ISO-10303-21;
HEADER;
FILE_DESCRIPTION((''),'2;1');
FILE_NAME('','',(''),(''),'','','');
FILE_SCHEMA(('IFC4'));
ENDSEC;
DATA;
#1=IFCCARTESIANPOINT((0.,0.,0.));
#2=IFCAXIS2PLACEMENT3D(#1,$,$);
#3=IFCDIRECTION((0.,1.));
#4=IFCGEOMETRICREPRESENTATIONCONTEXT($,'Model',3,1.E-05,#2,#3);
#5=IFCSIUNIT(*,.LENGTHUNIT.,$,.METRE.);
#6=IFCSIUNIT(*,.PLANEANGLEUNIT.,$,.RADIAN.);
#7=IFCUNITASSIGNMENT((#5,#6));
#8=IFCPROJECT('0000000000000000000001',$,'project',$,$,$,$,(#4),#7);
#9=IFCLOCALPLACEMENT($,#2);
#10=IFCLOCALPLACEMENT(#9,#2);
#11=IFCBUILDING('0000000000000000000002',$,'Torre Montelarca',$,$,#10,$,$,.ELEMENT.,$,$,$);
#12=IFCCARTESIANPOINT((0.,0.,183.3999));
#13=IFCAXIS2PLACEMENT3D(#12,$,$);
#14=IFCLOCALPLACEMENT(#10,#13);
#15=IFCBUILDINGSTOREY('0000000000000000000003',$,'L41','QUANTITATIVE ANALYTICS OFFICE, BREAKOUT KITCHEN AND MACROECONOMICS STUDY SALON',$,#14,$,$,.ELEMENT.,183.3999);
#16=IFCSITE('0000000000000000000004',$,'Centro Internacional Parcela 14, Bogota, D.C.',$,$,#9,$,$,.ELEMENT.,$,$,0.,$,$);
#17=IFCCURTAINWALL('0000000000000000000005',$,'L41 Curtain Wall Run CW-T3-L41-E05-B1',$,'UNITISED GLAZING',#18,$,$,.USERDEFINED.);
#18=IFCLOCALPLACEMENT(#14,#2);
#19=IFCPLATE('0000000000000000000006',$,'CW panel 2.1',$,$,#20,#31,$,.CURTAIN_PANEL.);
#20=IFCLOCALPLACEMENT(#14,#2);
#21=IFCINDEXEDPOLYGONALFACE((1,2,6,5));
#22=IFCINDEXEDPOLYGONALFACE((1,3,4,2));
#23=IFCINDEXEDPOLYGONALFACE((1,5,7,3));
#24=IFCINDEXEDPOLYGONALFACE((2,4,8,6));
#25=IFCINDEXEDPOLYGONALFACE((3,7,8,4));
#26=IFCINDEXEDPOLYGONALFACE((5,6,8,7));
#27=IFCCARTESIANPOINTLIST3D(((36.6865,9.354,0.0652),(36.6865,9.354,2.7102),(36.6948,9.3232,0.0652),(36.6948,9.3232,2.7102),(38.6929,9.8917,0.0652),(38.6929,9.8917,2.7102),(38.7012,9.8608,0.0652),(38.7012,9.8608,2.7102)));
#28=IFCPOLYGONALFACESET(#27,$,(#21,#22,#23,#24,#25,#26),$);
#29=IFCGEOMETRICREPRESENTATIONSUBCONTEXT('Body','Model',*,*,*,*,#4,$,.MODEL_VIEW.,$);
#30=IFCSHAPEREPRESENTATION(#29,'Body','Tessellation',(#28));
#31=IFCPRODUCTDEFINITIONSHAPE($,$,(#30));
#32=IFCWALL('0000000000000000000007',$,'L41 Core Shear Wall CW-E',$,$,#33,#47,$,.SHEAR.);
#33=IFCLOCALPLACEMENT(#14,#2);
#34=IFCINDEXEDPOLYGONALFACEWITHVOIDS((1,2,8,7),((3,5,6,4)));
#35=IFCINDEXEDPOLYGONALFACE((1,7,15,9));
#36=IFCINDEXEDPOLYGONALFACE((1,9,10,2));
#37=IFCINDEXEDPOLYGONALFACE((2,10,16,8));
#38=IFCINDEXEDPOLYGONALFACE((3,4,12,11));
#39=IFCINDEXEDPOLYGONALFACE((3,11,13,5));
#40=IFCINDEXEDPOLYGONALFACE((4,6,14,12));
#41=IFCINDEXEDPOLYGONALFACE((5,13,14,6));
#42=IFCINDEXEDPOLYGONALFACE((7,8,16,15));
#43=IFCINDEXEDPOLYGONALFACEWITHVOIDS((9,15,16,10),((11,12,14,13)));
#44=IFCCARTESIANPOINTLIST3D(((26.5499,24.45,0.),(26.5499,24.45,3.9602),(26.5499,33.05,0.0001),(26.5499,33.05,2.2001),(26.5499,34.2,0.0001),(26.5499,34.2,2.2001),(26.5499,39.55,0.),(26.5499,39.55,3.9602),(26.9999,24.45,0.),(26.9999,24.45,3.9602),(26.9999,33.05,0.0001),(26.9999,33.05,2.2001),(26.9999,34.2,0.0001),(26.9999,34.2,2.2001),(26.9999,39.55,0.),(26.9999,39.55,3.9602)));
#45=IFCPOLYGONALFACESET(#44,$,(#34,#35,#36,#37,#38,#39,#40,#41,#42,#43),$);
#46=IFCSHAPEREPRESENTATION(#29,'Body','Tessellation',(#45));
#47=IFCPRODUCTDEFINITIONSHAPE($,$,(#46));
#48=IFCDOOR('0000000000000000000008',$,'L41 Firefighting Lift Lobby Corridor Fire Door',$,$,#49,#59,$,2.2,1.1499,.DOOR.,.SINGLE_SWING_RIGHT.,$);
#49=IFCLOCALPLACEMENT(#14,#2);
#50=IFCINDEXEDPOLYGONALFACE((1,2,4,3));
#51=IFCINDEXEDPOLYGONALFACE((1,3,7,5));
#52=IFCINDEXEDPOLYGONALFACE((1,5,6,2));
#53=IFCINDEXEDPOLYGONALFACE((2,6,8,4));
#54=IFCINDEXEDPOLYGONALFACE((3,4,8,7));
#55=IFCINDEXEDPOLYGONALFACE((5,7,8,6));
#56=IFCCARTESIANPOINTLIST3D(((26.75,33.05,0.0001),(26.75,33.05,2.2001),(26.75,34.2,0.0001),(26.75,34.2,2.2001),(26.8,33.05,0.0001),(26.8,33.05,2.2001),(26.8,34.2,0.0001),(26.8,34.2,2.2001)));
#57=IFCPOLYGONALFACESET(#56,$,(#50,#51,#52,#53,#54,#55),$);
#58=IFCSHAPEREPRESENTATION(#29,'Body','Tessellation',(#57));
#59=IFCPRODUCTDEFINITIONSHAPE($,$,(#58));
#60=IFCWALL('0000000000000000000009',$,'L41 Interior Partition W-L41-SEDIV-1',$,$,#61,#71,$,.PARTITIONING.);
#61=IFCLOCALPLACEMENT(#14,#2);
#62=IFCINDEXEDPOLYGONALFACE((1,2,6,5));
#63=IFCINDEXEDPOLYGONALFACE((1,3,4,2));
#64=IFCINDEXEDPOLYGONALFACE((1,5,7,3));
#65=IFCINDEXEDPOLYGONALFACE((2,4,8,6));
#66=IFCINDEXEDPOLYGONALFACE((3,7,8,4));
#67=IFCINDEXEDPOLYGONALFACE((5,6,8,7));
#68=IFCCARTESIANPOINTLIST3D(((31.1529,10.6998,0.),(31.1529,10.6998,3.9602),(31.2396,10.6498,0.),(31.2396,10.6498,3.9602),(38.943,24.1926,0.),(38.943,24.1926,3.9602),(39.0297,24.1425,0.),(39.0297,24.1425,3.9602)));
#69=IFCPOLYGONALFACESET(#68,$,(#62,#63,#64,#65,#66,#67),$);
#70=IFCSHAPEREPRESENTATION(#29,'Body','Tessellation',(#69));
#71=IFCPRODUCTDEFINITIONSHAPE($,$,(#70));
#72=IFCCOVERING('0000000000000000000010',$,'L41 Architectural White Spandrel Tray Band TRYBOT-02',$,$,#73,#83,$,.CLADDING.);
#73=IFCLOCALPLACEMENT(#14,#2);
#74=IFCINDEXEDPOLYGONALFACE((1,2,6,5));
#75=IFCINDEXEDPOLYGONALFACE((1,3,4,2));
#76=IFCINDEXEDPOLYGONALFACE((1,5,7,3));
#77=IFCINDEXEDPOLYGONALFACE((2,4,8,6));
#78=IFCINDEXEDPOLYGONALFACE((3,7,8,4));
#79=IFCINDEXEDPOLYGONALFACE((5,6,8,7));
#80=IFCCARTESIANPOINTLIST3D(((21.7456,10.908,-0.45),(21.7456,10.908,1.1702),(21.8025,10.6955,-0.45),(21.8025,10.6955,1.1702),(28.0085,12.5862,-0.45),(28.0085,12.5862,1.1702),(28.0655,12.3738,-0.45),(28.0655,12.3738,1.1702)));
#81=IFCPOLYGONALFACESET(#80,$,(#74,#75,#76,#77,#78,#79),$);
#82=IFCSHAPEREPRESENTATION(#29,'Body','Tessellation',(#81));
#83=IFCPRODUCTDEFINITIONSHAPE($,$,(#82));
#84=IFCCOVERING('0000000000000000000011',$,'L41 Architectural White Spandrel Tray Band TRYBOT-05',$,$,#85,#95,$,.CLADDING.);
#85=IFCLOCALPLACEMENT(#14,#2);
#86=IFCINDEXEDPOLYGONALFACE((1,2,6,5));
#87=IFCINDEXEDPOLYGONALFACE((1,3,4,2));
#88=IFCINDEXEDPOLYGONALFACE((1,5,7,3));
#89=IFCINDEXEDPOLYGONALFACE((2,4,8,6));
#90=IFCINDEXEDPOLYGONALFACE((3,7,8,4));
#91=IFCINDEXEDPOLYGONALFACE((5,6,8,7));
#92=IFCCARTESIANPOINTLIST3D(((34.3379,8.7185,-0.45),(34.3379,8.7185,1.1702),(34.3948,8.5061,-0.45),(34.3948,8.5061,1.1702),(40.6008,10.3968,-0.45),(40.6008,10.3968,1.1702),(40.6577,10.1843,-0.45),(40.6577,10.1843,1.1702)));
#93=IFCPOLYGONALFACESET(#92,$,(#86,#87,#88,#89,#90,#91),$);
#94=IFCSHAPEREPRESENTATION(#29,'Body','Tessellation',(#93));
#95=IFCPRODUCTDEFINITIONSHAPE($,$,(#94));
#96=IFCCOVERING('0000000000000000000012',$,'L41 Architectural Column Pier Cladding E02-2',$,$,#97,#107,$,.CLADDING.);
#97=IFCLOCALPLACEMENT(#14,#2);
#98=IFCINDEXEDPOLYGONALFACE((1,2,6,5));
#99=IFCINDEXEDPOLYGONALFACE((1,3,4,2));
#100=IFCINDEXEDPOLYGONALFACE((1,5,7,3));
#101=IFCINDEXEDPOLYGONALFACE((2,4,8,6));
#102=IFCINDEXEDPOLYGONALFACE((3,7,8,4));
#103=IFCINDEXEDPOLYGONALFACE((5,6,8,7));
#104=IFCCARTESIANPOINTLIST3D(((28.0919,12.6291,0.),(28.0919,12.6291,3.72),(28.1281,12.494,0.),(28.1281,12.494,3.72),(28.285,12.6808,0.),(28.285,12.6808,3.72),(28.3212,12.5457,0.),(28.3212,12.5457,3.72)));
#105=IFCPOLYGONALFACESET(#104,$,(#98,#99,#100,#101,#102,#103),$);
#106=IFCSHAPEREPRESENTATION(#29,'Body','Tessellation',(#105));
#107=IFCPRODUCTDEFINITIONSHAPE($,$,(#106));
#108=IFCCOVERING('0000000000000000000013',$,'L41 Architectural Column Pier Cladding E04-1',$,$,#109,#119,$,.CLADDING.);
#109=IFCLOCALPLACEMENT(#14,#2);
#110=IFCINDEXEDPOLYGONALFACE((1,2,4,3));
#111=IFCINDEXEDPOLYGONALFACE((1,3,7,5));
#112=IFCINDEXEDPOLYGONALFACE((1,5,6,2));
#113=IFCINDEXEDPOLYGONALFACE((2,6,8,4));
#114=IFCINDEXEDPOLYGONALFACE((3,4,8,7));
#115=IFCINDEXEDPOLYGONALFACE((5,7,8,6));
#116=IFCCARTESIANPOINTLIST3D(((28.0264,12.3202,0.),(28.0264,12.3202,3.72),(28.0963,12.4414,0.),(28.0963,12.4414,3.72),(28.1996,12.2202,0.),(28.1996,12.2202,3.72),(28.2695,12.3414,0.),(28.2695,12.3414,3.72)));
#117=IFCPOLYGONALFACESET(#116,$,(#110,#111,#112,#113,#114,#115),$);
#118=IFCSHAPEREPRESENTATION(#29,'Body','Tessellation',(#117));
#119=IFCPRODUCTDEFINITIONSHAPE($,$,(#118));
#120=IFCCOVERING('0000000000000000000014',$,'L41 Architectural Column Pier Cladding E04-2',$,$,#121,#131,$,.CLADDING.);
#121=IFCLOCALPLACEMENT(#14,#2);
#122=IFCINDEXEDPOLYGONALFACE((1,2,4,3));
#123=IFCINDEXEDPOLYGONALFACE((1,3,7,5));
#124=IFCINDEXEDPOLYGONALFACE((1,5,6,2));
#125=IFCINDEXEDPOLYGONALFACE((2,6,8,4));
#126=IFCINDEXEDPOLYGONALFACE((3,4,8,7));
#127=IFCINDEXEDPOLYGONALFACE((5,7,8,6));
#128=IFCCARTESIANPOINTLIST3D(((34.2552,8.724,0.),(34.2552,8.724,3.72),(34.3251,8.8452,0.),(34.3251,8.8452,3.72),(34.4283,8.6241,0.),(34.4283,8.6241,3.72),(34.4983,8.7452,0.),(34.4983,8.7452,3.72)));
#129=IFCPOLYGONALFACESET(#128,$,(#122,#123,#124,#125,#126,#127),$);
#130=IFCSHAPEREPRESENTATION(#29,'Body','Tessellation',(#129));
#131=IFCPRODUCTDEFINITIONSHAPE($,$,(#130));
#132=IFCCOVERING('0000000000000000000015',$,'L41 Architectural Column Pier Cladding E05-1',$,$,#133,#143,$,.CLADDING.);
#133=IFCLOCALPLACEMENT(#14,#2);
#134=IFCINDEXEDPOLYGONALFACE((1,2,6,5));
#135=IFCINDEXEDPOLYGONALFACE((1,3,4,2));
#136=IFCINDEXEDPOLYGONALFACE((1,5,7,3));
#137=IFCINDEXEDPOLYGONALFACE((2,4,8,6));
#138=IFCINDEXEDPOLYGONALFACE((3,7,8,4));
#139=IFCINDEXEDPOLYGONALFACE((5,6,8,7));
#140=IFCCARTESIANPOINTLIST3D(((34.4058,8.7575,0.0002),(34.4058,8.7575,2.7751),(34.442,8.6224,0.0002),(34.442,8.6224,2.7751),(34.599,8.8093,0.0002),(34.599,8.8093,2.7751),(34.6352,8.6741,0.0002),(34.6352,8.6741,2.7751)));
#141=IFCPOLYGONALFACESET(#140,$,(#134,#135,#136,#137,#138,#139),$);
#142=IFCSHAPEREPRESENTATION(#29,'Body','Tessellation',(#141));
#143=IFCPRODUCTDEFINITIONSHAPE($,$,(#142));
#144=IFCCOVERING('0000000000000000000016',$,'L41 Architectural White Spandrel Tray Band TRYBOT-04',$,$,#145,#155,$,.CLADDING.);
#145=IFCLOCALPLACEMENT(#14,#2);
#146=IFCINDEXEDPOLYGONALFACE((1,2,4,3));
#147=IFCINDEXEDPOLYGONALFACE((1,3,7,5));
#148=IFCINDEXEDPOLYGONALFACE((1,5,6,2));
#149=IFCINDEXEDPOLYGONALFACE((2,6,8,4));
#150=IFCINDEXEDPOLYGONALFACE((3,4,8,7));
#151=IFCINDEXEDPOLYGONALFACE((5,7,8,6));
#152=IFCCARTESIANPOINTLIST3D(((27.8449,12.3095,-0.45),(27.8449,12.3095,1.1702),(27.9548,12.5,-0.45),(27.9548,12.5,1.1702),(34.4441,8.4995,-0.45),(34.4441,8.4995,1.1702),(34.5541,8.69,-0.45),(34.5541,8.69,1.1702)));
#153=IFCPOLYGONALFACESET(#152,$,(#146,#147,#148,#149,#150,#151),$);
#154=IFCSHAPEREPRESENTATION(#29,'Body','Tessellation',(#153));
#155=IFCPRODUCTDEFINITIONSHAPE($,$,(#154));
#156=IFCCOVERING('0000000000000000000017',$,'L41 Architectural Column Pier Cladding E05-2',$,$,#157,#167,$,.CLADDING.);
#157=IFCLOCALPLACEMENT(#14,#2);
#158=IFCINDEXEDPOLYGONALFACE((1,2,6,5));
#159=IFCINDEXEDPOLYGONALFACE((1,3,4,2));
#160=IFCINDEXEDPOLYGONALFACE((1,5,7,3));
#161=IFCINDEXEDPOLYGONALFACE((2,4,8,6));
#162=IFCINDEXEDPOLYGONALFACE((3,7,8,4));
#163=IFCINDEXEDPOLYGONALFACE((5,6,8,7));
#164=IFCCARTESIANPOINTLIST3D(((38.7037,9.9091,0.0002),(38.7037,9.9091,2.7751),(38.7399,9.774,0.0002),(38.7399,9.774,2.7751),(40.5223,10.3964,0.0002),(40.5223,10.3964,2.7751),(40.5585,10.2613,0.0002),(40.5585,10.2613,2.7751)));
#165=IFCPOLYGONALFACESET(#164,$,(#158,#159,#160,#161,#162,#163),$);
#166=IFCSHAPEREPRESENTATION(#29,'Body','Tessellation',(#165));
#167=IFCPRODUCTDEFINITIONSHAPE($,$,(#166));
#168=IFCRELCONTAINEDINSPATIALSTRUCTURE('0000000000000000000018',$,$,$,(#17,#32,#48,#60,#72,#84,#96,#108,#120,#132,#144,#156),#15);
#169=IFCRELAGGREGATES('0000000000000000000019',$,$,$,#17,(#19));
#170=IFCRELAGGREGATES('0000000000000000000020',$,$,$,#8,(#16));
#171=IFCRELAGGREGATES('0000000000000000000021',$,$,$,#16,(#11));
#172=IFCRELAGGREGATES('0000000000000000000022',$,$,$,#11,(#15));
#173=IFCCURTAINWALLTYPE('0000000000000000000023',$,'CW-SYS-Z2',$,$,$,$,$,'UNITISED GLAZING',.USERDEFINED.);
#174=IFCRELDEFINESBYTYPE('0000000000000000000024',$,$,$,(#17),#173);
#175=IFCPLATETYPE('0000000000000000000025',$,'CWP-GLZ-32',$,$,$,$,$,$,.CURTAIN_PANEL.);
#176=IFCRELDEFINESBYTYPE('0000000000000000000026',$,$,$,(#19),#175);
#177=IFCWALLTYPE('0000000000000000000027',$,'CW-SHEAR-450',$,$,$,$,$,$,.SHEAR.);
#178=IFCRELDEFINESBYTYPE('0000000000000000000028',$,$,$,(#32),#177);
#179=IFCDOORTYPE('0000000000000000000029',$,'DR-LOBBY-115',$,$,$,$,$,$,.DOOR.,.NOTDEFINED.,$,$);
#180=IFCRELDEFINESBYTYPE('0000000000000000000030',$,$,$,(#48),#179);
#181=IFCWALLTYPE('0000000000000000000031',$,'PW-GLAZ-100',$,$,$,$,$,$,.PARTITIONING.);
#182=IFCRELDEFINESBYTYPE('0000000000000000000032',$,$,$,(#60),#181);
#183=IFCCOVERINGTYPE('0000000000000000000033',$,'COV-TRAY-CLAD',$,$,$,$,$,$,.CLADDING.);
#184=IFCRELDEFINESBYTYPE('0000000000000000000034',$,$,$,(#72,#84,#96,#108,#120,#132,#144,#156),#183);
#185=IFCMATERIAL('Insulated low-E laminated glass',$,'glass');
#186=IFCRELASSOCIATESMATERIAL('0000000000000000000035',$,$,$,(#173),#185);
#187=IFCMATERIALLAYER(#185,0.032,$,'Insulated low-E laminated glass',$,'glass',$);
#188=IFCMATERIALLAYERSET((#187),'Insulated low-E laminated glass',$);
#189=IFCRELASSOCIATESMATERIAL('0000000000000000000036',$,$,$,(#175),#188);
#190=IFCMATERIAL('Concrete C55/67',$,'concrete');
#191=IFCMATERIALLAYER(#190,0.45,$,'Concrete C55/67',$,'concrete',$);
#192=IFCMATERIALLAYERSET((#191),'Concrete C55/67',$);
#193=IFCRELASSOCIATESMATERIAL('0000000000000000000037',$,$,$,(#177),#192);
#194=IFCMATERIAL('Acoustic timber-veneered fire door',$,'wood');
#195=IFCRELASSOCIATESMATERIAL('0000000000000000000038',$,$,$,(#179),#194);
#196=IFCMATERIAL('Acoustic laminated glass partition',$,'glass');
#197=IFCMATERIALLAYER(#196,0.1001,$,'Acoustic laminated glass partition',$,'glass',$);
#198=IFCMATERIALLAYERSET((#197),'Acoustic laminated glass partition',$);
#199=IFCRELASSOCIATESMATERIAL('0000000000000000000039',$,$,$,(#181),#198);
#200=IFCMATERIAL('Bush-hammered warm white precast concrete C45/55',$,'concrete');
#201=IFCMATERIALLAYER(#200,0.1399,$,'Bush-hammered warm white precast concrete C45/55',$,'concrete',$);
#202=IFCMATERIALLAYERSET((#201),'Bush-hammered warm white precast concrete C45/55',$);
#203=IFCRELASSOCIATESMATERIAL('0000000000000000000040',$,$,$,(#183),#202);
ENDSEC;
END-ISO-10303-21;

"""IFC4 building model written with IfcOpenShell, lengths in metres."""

from ifc_helpers import new_model, si_unit, direction, frame, frame_2d, origin, origin_2d, place, context, subcontext, project, spatial, rectangle, extrude, source, transform, mapped, material, layer, layer_set, type_object, element, fill, aggregate, save


model = new_model("IFC4")

# Units and contexts
model_context = context("Model", 3, precision=1e-05, world=origin(), true_north=direction((0.0, 1.0)))
body_context = subcontext(model_context, "Body", "Model", "MODEL_VIEW")
ifc_project = project(units=[si_unit("LENGTHUNIT", "METRE"), si_unit("PLANEANGLEUNIT", "RADIAN")], contexts=[model_context])

# Site, building, storey
site_placement = place(None, origin())
site = spatial("IfcSite", under=ifc_project, at=site_placement, Name="Centro Internacional Parcela 14, Bogota, D.C.", CompositionType="ELEMENT", RefElevation=0.0)
building_placement = place(site_placement, origin())
building = spatial("IfcBuilding", under=site, at=building_placement, Name="Torre Montelarca", CompositionType="ELEMENT")
storey_placement = place(building_placement, frame((0.0, 0.0, 183.3999)))
storey = spatial("IfcBuildingStorey", under=building, at=storey_placement, Name="L41", Description="QUANTITATIVE ANALYTICS OFFICE, BREAKOUT KITCHEN AND MACROECONOMICS STUDY SALON", CompositionType="ELEMENT", Elevation=183.3999)

# Shared definitions
ifc_material_1 = material(Name="Concrete C55/67", Category="concrete")

# Curtain wall
ifc_material_2 = material(Name="Insulated low-E laminated glass", Category="glass")
curtain_wall_type = type_object("IfcCurtainWallType", Name="CW-SYS-Z2", ElementType="UNITISED GLAZING", PredefinedType="USERDEFINED", material=ifc_material_2)
curtain_wall_1_placement = place(storey_placement, origin())
curtain_wall_1 = element("IfcCurtainWall", 1, at=curtain_wall_1_placement, inside=storey, type_object=curtain_wall_type, Name="L41 Curtain Wall Run CW-T3-L41-E05-B1", ObjectType="UNITISED GLAZING", PredefinedType="USERDEFINED")

# Plate
ifc_layer_1 = layer(ifc_material_2, 0.032, Name="Insulated low-E laminated glass", Category="glass")
ifc_layer_set_1 = layer_set([ifc_layer_1], Name="Insulated low-E laminated glass")
plate_type = type_object("IfcPlateType", Name="CWP-GLZ-32", PredefinedType="CURTAIN_PANEL", material=ifc_layer_set_1)
shared_shape_1 = source(origin(), body_context, "Body", "SweptSolid", [
    extrude(rectangle(XDim=2.0771, YDim=0.032, at=origin_2d()), origin(), (0.0, 0.0, 1.0), 2.645),
])
plate_1_placement = place(storey_placement, frame((37.6938, 9.6074, 0.0652), z_axis=(0.0, 0.0, 1.0), x_axis=(0.965921, 0.258839, 0.0)))
plate_1 = element("IfcPlate", 2, at=plate_1_placement, type_object=plate_type, Name="CW panel 2.1", PredefinedType="CURTAIN_PANEL", context=body_context, shape_type="MappedRepresentation", body=[
    mapped(shared_shape_1, transform((0.0, 0.0, 0.0), scale=1.0)),
])
aggregate(curtain_wall_1, [plate_1])

# Wall, opening, door
ifc_layer_2 = layer(ifc_material_1, 0.45, Name="Concrete C55/67", Category="concrete")
ifc_layer_set_2 = layer_set([ifc_layer_2], Name="Concrete C55/67")
wall_type_1 = type_object("IfcWallType", Name="CW-SHEAR-450", PredefinedType="SHEAR", material=ifc_layer_set_2)
wall_1_placement = place(storey_placement, frame((26.7749, 24.45, 0.0), z_axis=(0.0, 0.0, 1.0), x_axis=(0.0, 1.0, 0.0)))
wall_1 = element("IfcWall", 3, at=wall_1_placement, inside=storey, type_object=wall_type_1, Name="L41 Core Shear Wall CW-E", PredefinedType="SHEAR", context=body_context, shape_type="SweptSolid", body=[
    extrude(rectangle(XDim=15.1001, YDim=0.45, at=frame_2d((7.55, 0.0))), origin(), (0.0, 0.0, 1.0), 3.9602),
])
opening_placement = place(wall_1_placement, frame((8.6001, 0.0, 0.0)))
opening = element("IfcOpeningElement", 4, at=opening_placement, cuts=wall_1, PredefinedType="OPENING", context=body_context, shape_type="SweptSolid", body=[
    extrude(rectangle(XDim=1.1499, YDim=2.2, at=frame_2d((0.575, 1.1001))), frame((0.0, 0.2349, 0.0), z_axis=(0.0, -1.0, 0.0), x_axis=(1.0, 0.0, 0.0)), (0.0, 0.0, 1.0), 0.47),
])
ifc_material_3 = material(Name="Acoustic timber-veneered fire door", Category="wood")
door_type = type_object("IfcDoorType", Name="DR-LOBBY-115", OperationType="NOTDEFINED", PredefinedType="DOOR", material=ifc_material_3)
shared_shape_2 = source(origin(), body_context, "Body", "SweptSolid", [
    extrude(rectangle(XDim=1.1499, YDim=2.2, at=frame_2d((0.575, 1.1001))), frame((0.0, 0.0249, 0.0), z_axis=(0.0, -1.0, 0.0), x_axis=(1.0, 0.0, 0.0)), (0.0, 0.0, 1.0), 0.05),
])
door_placement = place(opening_placement, origin())
door = element("IfcDoor", 5, at=door_placement, inside=storey, type_object=door_type, Name="L41 Firefighting Lift Lobby Corridor Fire Door", OperationType="SINGLE_SWING_RIGHT", OverallHeight=2.2, OverallWidth=1.1499, PredefinedType="DOOR", context=body_context, shape_type="MappedRepresentation", body=[
    mapped(shared_shape_2, transform((0.0, 0.0, 0.0), scale=1.0)),
])
fill(opening, door)

# Wall
ifc_material_4 = material(Name="Acoustic laminated glass partition", Category="glass")
ifc_layer_3 = layer(ifc_material_4, 0.1001, Name="Acoustic laminated glass partition", Category="glass")
ifc_layer_set_3 = layer_set([ifc_layer_3], Name="Acoustic laminated glass partition")
wall_type_2 = type_object("IfcWallType", Name="PW-GLAZ-100", PredefinedType="PARTITIONING", material=ifc_layer_set_3)
wall_2_placement = place(storey_placement, frame((31.1963, 10.6748, 0.0), z_axis=(0.0, 0.0, 1.0), x_axis=(0.500002, 0.866024, 0.0)))
element("IfcWall", 6, at=wall_2_placement, inside=storey, type_object=wall_type_2, Name="L41 Interior Partition W-L41-SEDIV-1", PredefinedType="PARTITIONING", context=body_context, shape_type="SweptSolid", body=[
    extrude(rectangle(XDim=15.5801, YDim=0.1001, at=frame_2d((7.79, 0.0))), origin(), (0.0, 0.0, 1.0), 3.9602),
])

# Coverings
ifc_material_5 = material(Name="Bush-hammered warm white precast concrete C45/55", Category="concrete")
ifc_layer_4 = layer(ifc_material_5, 0.1399, Name="Bush-hammered warm white precast concrete C45/55", Category="concrete")
ifc_layer_set_4 = layer_set([ifc_layer_4], Name="Bush-hammered warm white precast concrete C45/55")
covering_type = type_object("IfcCoveringType", Name="COV-TRAY-CLAD", PredefinedType="CLADDING", material=ifc_layer_set_4)
shared_shape_3 = source(origin(), body_context, "Body", "SweptSolid", [
    extrude(rectangle(XDim=6.4839, YDim=0.22, at=origin_2d()), origin(), (0.0, 0.0, 1.0), 1.6201),
])
for number, where, z_axis, x_axis, name in (
    (7, (24.9055, 11.6409, -0.45), (0.0, 0.0, 1.0), (0.965922, 0.258833, 0.0), "L41 Architectural White Spandrel Tray Band TRYBOT-02"),
    (8, (37.4978, 9.4514, -0.45), (0.0, 0.0, 1.0), (0.965922, 0.258833, 0.0), "L41 Architectural White Spandrel Tray Band TRYBOT-05"),
):
    element("IfcCovering", number, at=place(storey_placement, frame(where, z_axis=z_axis, x_axis=x_axis)), inside=storey, type_object=covering_type, Name=name, PredefinedType="CLADDING", context=body_context, shape_type="MappedRepresentation", body=[
        mapped(shared_shape_3, transform((0.0, 0.0, 0.0), scale=1.0)),
    ])
shared_shape_4 = source(origin(), body_context, "Body", "SweptSolid", [
    extrude(rectangle(XDim=0.2, YDim=0.1399, at=origin_2d()), origin(), (0.0, 0.0, 1.0), 3.72),
])
for number, where, z_axis, x_axis, name in (
    (9, (28.2065, 12.5874, 0.0), (0.0, 0.0, 1.0), (0.965923, 0.258829, 0.0), "L41 Architectural Column Pier Cladding E02-2"),
    (10, (28.1479, 12.3308, 0.0), (0.0, 0.0, 1.0), (0.866028, -0.499995, 0.0), "L41 Architectural Column Pier Cladding E04-1"),
    (11, (34.3767, 8.7346, 0.0), (0.0, 0.0, 1.0), (0.866028, -0.499995, 0.0), "L41 Architectural Column Pier Cladding E04-2"),
):
    element("IfcCovering", number, at=place(storey_placement, frame(where, z_axis=z_axis, x_axis=x_axis)), inside=storey, type_object=covering_type, Name=name, PredefinedType="CLADDING", context=body_context, shape_type="MappedRepresentation", body=[
        mapped(shared_shape_4, transform((0.0, 0.0, 0.0), scale=1.0)),
    ])
shared_shape_5 = source(origin(), body_context, "Body", "SweptSolid", [
    extrude(rectangle(XDim=0.2, YDim=0.1399, at=origin_2d()), origin(), (0.0, 0.0, 1.0), 2.7749),
])
covering_1_placement = place(storey_placement, frame((34.5205, 8.7158, 0.0002), z_axis=(0.0, 0.0, 1.0), x_axis=(0.965922, 0.258834, 0.0)))
element("IfcCovering", 12, at=covering_1_placement, inside=storey, type_object=covering_type, Name="L41 Architectural Column Pier Cladding E05-1", PredefinedType="CLADDING", context=body_context, shape_type="MappedRepresentation", body=[
    mapped(shared_shape_5, transform((0.0, 0.0, 0.0), scale=1.0)),
])
shared_shape_6 = source(origin(), body_context, "Body", "SweptSolid", [
    extrude(rectangle(XDim=7.6201, YDim=0.22, at=origin_2d()), origin(), (0.0, 0.0, 1.0), 1.6201),
])
covering_2_placement = place(storey_placement, frame((31.1995, 10.4998, -0.45), z_axis=(0.0, 0.0, 1.0), x_axis=(0.866025, -0.5, 0.0)))
element("IfcCovering", 13, at=covering_2_placement, inside=storey, type_object=covering_type, Name="L41 Architectural White Spandrel Tray Band TRYBOT-04", PredefinedType="CLADDING", context=body_context, shape_type="MappedRepresentation", body=[
    mapped(shared_shape_6, transform((0.0, 0.0, 0.0), scale=1.0)),
])
shared_shape_7 = source(origin(), body_context, "Body", "SweptSolid", [
    extrude(rectangle(XDim=1.8828, YDim=0.1399, at=origin_2d()), origin(), (0.0, 0.0, 1.0), 2.7749),
])
covering_3_placement = place(storey_placement, frame((39.6311, 10.0852, 0.0002), z_axis=(0.0, 0.0, 1.0), x_axis=(0.965922, 0.258834, 0.0)))
element("IfcCovering", 14, at=covering_3_placement, inside=storey, type_object=covering_type, Name="L41 Architectural Column Pier Cladding E05-2", PredefinedType="CLADDING", context=body_context, shape_type="MappedRepresentation", body=[
    mapped(shared_shape_7, transform((0.0, 0.0, 0.0), scale=1.0)),
])

save(model, "model.ifc")
